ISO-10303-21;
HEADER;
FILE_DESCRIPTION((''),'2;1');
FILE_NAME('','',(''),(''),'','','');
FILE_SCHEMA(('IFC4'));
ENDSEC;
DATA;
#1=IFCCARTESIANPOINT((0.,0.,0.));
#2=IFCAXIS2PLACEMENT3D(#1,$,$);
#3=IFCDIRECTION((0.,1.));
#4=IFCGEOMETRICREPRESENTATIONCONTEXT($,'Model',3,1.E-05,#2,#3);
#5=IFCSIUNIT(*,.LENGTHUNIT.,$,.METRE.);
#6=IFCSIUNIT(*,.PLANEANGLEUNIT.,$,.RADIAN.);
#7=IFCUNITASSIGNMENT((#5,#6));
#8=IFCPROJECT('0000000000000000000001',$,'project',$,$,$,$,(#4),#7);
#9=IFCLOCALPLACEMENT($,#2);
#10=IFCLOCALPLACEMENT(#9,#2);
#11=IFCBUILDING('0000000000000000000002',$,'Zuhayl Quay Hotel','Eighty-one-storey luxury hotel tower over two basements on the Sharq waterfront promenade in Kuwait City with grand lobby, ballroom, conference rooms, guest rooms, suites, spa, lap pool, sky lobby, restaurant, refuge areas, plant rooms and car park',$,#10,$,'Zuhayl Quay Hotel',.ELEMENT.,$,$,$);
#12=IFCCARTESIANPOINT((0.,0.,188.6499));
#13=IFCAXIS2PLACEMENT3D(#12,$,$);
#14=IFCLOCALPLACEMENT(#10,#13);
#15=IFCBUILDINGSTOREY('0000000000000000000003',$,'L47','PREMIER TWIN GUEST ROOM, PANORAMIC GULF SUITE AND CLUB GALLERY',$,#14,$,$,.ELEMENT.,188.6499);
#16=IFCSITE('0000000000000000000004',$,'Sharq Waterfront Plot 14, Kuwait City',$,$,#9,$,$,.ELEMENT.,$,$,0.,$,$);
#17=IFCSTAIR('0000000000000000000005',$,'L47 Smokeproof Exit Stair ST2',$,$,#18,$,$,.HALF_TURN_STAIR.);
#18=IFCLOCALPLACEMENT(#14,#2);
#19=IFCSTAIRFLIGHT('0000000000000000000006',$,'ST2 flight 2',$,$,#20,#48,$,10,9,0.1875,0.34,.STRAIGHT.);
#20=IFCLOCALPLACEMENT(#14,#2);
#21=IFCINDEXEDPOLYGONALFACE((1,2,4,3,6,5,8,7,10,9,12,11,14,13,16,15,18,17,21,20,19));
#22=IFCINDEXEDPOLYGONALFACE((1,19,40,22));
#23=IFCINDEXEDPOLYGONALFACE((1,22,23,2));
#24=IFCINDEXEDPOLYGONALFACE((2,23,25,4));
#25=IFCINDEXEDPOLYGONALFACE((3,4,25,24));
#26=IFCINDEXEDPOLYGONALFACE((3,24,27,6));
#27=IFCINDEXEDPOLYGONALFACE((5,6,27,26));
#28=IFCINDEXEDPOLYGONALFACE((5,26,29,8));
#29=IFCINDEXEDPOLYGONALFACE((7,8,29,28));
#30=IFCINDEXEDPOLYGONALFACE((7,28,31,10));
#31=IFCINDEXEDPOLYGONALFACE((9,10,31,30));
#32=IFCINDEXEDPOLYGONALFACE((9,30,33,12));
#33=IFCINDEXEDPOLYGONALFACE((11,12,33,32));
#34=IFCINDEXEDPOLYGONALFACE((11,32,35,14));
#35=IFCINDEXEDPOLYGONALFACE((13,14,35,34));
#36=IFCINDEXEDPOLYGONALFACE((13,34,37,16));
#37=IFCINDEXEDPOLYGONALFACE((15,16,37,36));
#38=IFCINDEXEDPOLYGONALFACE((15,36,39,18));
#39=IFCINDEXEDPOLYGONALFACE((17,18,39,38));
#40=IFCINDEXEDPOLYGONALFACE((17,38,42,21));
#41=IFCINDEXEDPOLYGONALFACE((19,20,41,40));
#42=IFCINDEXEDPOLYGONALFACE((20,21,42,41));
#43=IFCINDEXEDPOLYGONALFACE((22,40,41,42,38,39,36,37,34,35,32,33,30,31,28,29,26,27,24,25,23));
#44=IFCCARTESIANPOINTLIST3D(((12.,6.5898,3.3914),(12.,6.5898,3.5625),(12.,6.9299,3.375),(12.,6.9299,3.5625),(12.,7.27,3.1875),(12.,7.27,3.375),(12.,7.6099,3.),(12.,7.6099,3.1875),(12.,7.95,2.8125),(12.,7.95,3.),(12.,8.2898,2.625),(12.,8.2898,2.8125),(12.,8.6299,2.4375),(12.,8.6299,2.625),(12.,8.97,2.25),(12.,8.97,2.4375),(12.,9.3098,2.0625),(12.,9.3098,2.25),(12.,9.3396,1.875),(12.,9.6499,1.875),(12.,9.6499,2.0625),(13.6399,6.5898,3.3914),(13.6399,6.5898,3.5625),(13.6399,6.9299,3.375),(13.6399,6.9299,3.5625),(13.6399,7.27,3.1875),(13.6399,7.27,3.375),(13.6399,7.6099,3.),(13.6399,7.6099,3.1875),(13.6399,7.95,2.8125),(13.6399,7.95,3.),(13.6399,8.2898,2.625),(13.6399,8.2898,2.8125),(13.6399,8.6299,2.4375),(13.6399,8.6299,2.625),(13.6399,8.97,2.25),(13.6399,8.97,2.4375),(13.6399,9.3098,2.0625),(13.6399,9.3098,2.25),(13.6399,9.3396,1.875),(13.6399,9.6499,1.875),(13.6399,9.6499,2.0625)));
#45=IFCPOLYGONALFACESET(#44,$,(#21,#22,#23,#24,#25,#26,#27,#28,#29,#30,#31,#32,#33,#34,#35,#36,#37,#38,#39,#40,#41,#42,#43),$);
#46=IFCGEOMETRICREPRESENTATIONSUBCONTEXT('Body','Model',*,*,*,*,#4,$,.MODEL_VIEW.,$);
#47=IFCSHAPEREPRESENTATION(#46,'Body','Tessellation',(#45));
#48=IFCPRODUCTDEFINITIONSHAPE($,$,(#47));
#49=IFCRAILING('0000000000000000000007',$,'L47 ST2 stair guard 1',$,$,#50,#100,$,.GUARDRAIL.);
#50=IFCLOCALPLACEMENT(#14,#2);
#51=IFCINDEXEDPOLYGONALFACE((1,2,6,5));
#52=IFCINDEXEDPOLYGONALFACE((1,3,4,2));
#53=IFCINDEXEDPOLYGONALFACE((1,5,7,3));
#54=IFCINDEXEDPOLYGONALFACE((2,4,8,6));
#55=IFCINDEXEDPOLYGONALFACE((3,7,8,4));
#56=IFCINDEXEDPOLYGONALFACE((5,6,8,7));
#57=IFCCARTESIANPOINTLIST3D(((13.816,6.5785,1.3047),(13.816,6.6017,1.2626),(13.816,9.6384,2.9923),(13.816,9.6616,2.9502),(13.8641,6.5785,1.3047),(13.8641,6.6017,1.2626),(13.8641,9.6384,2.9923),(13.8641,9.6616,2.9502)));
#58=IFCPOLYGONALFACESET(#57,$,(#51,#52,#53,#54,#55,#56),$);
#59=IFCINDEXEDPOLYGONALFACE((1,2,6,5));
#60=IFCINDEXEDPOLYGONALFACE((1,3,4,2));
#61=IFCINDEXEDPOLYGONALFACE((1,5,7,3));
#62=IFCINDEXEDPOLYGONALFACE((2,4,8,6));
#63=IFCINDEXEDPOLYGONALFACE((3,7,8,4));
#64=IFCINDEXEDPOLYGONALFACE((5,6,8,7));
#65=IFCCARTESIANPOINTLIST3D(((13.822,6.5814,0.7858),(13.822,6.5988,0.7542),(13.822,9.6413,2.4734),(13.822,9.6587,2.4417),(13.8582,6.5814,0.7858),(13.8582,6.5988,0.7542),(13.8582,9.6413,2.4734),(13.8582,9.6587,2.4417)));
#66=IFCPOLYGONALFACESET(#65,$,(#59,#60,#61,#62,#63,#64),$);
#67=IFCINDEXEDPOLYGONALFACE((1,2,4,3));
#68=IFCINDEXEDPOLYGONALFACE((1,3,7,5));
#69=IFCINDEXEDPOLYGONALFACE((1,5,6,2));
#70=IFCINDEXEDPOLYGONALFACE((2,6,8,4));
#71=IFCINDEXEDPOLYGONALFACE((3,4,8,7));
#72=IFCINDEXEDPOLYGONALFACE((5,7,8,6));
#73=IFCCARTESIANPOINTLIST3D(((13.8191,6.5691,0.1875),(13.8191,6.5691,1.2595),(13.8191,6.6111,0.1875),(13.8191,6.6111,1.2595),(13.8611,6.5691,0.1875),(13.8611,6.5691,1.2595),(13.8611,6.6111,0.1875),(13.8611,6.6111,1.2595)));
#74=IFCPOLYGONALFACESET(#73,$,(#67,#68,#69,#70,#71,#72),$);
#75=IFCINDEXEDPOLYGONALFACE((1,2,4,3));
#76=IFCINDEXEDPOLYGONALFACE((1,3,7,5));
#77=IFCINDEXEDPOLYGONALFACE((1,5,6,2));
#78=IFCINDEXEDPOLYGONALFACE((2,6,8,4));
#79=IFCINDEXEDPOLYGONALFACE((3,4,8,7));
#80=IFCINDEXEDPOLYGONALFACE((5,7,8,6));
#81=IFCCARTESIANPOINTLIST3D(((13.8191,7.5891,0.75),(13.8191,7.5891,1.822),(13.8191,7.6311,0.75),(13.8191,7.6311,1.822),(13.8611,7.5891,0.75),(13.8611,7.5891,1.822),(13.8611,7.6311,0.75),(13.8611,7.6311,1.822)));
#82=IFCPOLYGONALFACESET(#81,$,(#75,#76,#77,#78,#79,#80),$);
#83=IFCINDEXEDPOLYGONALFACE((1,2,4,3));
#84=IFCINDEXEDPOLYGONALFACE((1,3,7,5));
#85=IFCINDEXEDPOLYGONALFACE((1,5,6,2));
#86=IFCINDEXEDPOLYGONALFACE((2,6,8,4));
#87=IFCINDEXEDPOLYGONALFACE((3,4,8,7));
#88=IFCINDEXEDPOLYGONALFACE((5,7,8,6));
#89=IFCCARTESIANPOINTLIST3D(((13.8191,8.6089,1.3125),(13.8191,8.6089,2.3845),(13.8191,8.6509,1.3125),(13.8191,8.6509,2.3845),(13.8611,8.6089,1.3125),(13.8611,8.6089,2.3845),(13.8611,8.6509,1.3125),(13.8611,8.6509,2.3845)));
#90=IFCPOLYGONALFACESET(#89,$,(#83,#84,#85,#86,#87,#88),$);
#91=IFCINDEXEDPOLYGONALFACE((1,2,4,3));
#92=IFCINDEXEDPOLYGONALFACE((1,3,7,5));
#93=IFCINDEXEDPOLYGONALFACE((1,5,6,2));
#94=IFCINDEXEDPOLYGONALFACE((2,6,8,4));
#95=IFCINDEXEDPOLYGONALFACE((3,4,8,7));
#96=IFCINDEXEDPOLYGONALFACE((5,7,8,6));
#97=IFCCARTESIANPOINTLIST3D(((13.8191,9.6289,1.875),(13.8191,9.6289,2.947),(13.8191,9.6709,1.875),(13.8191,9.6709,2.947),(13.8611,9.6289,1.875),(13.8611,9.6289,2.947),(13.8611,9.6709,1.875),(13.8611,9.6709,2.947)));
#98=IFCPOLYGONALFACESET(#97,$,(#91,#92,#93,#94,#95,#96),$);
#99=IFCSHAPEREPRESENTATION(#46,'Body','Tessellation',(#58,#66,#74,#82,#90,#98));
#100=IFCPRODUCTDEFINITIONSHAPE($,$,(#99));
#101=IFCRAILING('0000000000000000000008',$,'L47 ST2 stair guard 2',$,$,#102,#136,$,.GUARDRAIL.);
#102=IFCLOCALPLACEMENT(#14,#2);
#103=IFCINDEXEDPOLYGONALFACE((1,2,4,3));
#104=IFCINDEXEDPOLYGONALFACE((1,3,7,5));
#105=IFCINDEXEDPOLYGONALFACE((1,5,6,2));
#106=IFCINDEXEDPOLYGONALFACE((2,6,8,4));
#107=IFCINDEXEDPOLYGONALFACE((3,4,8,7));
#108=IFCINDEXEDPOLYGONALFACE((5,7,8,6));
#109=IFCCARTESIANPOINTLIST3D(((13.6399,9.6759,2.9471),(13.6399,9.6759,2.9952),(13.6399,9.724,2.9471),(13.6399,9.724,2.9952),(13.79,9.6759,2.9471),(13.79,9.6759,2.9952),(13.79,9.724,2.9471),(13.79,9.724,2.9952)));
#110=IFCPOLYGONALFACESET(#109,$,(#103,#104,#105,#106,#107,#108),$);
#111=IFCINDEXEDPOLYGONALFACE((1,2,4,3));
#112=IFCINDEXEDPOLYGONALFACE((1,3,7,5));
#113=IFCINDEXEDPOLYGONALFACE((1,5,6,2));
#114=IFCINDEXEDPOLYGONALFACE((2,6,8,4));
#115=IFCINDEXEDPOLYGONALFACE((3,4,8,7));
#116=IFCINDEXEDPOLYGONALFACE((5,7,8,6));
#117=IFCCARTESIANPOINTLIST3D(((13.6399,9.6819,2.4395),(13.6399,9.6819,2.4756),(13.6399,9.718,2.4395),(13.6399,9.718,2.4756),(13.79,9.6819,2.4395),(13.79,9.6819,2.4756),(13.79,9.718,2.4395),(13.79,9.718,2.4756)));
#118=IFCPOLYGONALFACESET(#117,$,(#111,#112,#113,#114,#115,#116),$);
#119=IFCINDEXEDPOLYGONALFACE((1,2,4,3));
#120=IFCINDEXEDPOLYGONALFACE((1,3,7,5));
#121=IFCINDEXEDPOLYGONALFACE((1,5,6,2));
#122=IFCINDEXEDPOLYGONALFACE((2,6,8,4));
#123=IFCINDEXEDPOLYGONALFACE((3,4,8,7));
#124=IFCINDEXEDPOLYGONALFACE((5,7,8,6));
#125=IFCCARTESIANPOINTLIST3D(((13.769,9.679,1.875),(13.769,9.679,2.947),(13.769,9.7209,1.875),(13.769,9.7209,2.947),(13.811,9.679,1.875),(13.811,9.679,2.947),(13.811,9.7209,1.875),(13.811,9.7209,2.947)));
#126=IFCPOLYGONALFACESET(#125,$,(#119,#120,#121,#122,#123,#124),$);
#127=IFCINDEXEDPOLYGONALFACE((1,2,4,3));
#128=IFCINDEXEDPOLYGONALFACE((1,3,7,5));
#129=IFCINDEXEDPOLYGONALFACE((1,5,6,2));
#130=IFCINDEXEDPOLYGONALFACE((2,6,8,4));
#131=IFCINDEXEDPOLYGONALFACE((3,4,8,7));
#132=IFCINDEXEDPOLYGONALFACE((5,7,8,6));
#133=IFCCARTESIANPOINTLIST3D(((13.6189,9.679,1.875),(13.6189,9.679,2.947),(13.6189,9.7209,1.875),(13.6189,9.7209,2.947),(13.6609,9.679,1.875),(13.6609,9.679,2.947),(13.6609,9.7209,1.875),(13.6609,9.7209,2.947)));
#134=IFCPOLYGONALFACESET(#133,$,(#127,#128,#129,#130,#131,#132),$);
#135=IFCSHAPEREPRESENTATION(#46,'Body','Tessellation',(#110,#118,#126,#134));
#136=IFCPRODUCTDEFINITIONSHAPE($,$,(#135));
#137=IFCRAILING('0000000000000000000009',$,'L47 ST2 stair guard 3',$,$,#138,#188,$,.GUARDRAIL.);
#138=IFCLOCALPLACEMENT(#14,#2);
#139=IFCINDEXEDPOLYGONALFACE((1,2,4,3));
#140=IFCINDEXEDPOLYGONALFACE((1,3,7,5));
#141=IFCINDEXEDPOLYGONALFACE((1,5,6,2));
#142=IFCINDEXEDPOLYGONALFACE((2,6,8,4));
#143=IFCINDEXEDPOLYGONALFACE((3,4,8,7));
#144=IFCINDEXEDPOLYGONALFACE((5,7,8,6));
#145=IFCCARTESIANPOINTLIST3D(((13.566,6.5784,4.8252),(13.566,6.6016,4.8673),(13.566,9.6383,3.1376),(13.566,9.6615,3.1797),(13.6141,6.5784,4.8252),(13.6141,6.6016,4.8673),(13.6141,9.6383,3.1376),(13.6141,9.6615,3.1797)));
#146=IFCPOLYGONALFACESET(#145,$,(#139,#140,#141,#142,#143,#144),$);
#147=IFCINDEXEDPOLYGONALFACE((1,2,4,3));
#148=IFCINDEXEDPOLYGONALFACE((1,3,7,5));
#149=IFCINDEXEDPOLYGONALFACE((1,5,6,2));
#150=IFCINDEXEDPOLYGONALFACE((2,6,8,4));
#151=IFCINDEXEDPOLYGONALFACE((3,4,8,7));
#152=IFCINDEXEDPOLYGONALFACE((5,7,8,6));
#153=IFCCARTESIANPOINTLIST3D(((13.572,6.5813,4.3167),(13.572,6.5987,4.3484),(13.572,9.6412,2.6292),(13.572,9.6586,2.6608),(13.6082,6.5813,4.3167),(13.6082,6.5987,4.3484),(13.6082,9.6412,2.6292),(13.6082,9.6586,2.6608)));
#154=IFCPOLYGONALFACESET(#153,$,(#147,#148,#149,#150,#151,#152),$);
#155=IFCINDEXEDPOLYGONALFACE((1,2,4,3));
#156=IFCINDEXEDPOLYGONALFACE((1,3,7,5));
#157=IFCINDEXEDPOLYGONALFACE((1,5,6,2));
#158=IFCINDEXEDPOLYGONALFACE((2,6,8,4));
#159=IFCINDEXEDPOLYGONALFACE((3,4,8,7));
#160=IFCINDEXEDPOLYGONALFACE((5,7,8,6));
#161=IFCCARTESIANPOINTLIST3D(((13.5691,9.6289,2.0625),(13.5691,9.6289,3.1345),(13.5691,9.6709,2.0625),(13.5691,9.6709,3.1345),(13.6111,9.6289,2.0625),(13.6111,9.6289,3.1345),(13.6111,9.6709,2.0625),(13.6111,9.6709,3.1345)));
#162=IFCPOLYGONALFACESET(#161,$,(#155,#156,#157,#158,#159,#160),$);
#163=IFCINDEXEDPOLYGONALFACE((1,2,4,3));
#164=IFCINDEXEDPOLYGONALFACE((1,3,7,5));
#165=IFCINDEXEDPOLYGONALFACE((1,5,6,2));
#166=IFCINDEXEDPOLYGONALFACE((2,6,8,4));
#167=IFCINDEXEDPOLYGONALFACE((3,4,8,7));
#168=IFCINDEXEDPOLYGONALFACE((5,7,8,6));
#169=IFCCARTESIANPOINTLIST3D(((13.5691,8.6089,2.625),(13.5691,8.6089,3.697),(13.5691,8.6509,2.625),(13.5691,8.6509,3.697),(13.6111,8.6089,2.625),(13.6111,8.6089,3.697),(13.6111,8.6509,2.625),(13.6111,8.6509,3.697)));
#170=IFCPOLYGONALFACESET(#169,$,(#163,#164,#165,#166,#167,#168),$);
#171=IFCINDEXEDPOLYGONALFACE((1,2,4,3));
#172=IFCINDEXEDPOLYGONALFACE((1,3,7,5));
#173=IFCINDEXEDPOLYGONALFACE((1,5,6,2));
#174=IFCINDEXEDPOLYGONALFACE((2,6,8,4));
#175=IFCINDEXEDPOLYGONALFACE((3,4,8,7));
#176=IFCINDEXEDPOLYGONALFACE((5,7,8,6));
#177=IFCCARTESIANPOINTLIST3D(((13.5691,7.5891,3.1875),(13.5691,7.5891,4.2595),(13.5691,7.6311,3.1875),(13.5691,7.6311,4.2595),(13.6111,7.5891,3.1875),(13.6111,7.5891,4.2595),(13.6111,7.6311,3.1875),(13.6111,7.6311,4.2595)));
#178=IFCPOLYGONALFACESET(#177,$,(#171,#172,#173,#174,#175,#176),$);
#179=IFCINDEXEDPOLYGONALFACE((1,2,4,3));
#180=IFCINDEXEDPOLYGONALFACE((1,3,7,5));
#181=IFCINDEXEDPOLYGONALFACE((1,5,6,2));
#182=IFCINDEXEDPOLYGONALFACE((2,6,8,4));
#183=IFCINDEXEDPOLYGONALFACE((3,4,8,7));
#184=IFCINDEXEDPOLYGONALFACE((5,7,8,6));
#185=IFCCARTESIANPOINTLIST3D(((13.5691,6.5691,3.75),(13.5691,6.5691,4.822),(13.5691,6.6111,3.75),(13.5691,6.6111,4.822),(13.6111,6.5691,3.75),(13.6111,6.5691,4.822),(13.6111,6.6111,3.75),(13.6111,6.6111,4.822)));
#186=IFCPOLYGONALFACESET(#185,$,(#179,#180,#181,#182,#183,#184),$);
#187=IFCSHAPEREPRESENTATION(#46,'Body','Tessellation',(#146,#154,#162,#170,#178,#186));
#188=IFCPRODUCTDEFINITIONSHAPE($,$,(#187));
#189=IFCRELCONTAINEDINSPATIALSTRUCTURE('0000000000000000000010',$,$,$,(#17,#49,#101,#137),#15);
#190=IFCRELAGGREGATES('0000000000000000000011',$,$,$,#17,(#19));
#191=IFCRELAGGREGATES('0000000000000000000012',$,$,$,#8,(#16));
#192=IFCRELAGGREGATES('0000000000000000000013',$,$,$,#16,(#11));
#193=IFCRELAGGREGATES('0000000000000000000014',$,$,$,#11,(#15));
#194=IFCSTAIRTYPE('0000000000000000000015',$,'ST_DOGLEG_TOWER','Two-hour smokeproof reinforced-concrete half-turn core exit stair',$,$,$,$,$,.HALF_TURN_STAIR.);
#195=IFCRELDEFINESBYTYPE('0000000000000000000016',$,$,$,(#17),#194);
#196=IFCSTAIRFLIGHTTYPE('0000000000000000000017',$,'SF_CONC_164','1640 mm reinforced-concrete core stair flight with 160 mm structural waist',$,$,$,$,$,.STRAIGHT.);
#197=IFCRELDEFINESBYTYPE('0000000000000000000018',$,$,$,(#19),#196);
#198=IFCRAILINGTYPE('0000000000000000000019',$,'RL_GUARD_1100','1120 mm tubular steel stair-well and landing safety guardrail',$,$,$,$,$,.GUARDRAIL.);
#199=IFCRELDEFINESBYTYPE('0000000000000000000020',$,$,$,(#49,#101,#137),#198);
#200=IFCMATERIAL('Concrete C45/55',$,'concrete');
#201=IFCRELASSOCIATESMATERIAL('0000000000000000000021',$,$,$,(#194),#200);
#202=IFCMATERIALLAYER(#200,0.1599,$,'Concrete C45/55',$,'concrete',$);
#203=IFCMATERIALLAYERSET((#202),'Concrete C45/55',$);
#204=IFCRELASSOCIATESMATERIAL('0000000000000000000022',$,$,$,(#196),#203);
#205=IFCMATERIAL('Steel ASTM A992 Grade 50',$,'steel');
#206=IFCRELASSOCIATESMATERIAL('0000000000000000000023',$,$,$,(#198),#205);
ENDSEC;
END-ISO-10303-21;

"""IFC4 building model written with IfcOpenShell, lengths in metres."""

from ifc_helpers import new_model, si_unit, direction, frame, origin, origin_2d, place, context, subcontext, project, spatial, polyline, rectangle, outline, extrude, material, layer, layer_set, type_object, element, aggregate, save


model = new_model("IFC4")

# Units and contexts
model_context = context("Model", 3, precision=1e-05, world=origin(), true_north=direction((0.0, 1.0)))
body_context = subcontext(model_context, "Body", "Model", "MODEL_VIEW")
ifc_project = project(units=[si_unit("LENGTHUNIT", "METRE"), si_unit("PLANEANGLEUNIT", "RADIAN")], contexts=[model_context])

# Site, building, storey
site_placement = place(None, origin())
site = spatial("IfcSite", under=ifc_project, at=site_placement, Name="Sharq Waterfront Plot 14, Kuwait City", CompositionType="ELEMENT", RefElevation=0.0)
building_placement = place(site_placement, origin())
building = spatial("IfcBuilding", under=site, at=building_placement, Name="Zuhayl Quay Hotel", Description="Eighty-one-storey luxury hotel tower over two basements on the Sharq waterfront promenade in Kuwait City with grand lobby, ballroom, conference rooms, guest rooms, suites, spa, lap pool, sky lobby, restaurant, refuge areas, plant rooms and car park", LongName="Zuhayl Quay Hotel", CompositionType="ELEMENT")
storey_placement = place(building_placement, frame((0.0, 0.0, 188.6499)))
storey = spatial("IfcBuildingStorey", under=building, at=storey_placement, Name="L47", Description="PREMIER TWIN GUEST ROOM, PANORAMIC GULF SUITE AND CLUB GALLERY", CompositionType="ELEMENT", Elevation=188.6499)

# Shared definitions
ifc_material_1 = material(Name="Steel ASTM A992 Grade 50", Category="steel")

# Stair, stair flight
ifc_material_2 = material(Name="Concrete C45/55", Category="concrete")
stair_type = type_object("IfcStairType", Name="ST_DOGLEG_TOWER", Description="Two-hour smokeproof reinforced-concrete half-turn core exit stair", PredefinedType="HALF_TURN_STAIR", material=ifc_material_2)
stair_placement = place(storey_placement, origin())
stair = element("IfcStair", 1, at=stair_placement, inside=storey, type_object=stair_type, Name="L47 Smokeproof Exit Stair ST2", PredefinedType="HALF_TURN_STAIR")
ifc_layer_1 = layer(ifc_material_2, 0.1599, Name="Concrete C45/55", Category="concrete")
ifc_layer_set_1 = layer_set([ifc_layer_1], Name="Concrete C45/55")
stair_flight_type = type_object("IfcStairFlightType", Name="SF_CONC_164", Description="1640 mm reinforced-concrete core stair flight with 160 mm structural waist", PredefinedType="STRAIGHT", material=ifc_layer_set_1)
stair_flight_1_placement = place(storey_placement, frame((12.8201, 9.6499, 1.875), z_axis=(0.0, 0.0, 1.0), x_axis=(0.0, -1.0, 0.0)))
stair_flight_1 = element("IfcStairFlight", 2, at=stair_flight_1_placement, type_object=stair_flight_type, Name="ST2 flight 2", NumberOfRisers=10, NumberOfTreads=9, PredefinedType="STRAIGHT", RiserHeight=0.1875, TreadLength=0.34, context=body_context, shape_type="SweptSolid", body=[
    extrude(outline(polyline([(0.0, 0.0), (0.0, 0.1875), (0.3401, 0.1875), (0.3401, 0.375), (0.6799, 0.375), (0.6799, 0.5625), (1.02, 0.5625), (1.02, 0.75), (1.3601, 0.75), (1.3601, 0.9375), (1.7, 0.9375), (1.7, 1.125), (2.04, 1.125), (2.04, 1.3125), (2.3799, 1.3125), (2.3799, 1.5), (2.72, 1.5), (2.72, 1.6875), (3.0601, 1.6875), (3.0601, 1.875), (3.0601, 1.5164), (0.3103, 0.0), (0.0, 0.0)])), frame((0.0, 0.8198, 0.0), z_axis=(0.0, -1.0, 0.0), x_axis=(1.0, 0.0, 0.0)), (0.0, 0.0, 1.0), 1.6399),
])
aggregate(stair, [stair_flight_1])

# Railings
railing_type_1 = type_object("IfcRailingType", Name="RL_GUARD_1100", Description="1120 mm tubular steel stair-well and landing safety guardrail", PredefinedType="GUARDRAIL", material=ifc_material_1)
railing_1_placement = place(storey_placement, frame((13.8401, 6.5901, 0.1875)))
element("IfcRailing", 3, at=railing_1_placement, inside=storey, type_object=railing_type_1, Name="L47 ST2 stair guard 1", PredefinedType="GUARDRAIL", context=body_context, shape_type="SweptSolid", body=[
    extrude(rectangle(XDim=0.0481, YDim=0.0481, at=origin_2d()), frame((0.0, 0.0, 1.0962), z_axis=(0.0, 0.875659, 0.48293), x_axis=(-1.0, 0.0, 0.0)), (0.0, 0.0, 1.0), 3.4944),
    extrude(rectangle(XDim=0.0361, YDim=0.0361, at=origin_2d()), frame((0.0, 0.0, 0.5825), z_axis=(0.0, 0.875659, 0.48293), x_axis=(-1.0, 0.0, 0.0)), (0.0, 0.0, 1.0), 3.4944),
    extrude(rectangle(XDim=0.042, YDim=0.042, at=origin_2d()), origin(), (0.0, 0.0, 1.0), 1.072),
    extrude(rectangle(XDim=0.042, YDim=0.042, at=origin_2d()), frame((0.0, 1.02, 0.5625)), (0.0, 0.0, 1.0), 1.072),
    extrude(rectangle(XDim=0.042, YDim=0.042, at=origin_2d()), frame((0.0, 2.0398, 1.125)), (0.0, 0.0, 1.0), 1.072),
    extrude(rectangle(XDim=0.042, YDim=0.042, at=origin_2d()), frame((0.0, 3.0598, 1.6875)), (0.0, 0.0, 1.0), 1.072),
])
railing_2_placement = place(storey_placement, frame((13.79, 9.7, 1.875)))
element("IfcRailing", 4, at=railing_2_placement, inside=storey, type_object=railing_type_1, Name="L47 ST2 stair guard 2", PredefinedType="GUARDRAIL", context=body_context, shape_type="SweptSolid", body=[
    extrude(rectangle(XDim=0.0481, YDim=0.0481, at=origin_2d()), frame((0.0, 0.0, 1.0962), z_axis=(-1.0, 0.0, 0.0), x_axis=(0.0, -1.0, 0.0)), (0.0, 0.0, 1.0), 0.1501),
    extrude(rectangle(XDim=0.0361, YDim=0.0361, at=origin_2d()), frame((0.0, 0.0, 0.5825), z_axis=(-1.0, 0.0, 0.0), x_axis=(0.0, -1.0, 0.0)), (0.0, 0.0, 1.0), 0.1501),
    extrude(rectangle(XDim=0.042, YDim=0.042, at=origin_2d()), origin(), (0.0, 0.0, 1.0), 1.072),
    extrude(rectangle(XDim=0.042, YDim=0.042, at=origin_2d()), frame((-0.1501, 0.0, 0.0)), (0.0, 0.0, 1.0), 1.072),
])
railing_3_placement = place(storey_placement, frame((13.5901, 9.6499, 2.0625)))
element("IfcRailing", 5, at=railing_3_placement, inside=storey, type_object=railing_type_1, Name="L47 ST2 stair guard 3", PredefinedType="GUARDRAIL", context=body_context, shape_type="SweptSolid", body=[
    extrude(rectangle(XDim=0.0481, YDim=0.0481, at=origin_2d()), frame((0.0, 0.0, 1.0962), z_axis=(0.0, -0.875659, 0.48293), x_axis=(1.0, 0.0, 0.0)), (0.0, 0.0, 1.0), 3.4944),
    extrude(rectangle(XDim=0.0361, YDim=0.0361, at=origin_2d()), frame((0.0, 0.0, 0.5825), z_axis=(0.0, -0.875659, 0.48293), x_axis=(1.0, 0.0, 0.0)), (0.0, 0.0, 1.0), 3.4944),
    extrude(rectangle(XDim=0.042, YDim=0.042, at=origin_2d()), origin(), (0.0, 0.0, 1.0), 1.072),
    extrude(rectangle(XDim=0.042, YDim=0.042, at=origin_2d()), frame((0.0, -1.02, 0.5625)), (0.0, 0.0, 1.0), 1.072),
    extrude(rectangle(XDim=0.042, YDim=0.042, at=origin_2d()), frame((0.0, -2.0398, 1.125)), (0.0, 0.0, 1.0), 1.072),
    extrude(rectangle(XDim=0.042, YDim=0.042, at=origin_2d()), frame((0.0, -3.0598, 1.6875)), (0.0, 0.0, 1.0), 1.072),
])

save(model, "model.ifc")
